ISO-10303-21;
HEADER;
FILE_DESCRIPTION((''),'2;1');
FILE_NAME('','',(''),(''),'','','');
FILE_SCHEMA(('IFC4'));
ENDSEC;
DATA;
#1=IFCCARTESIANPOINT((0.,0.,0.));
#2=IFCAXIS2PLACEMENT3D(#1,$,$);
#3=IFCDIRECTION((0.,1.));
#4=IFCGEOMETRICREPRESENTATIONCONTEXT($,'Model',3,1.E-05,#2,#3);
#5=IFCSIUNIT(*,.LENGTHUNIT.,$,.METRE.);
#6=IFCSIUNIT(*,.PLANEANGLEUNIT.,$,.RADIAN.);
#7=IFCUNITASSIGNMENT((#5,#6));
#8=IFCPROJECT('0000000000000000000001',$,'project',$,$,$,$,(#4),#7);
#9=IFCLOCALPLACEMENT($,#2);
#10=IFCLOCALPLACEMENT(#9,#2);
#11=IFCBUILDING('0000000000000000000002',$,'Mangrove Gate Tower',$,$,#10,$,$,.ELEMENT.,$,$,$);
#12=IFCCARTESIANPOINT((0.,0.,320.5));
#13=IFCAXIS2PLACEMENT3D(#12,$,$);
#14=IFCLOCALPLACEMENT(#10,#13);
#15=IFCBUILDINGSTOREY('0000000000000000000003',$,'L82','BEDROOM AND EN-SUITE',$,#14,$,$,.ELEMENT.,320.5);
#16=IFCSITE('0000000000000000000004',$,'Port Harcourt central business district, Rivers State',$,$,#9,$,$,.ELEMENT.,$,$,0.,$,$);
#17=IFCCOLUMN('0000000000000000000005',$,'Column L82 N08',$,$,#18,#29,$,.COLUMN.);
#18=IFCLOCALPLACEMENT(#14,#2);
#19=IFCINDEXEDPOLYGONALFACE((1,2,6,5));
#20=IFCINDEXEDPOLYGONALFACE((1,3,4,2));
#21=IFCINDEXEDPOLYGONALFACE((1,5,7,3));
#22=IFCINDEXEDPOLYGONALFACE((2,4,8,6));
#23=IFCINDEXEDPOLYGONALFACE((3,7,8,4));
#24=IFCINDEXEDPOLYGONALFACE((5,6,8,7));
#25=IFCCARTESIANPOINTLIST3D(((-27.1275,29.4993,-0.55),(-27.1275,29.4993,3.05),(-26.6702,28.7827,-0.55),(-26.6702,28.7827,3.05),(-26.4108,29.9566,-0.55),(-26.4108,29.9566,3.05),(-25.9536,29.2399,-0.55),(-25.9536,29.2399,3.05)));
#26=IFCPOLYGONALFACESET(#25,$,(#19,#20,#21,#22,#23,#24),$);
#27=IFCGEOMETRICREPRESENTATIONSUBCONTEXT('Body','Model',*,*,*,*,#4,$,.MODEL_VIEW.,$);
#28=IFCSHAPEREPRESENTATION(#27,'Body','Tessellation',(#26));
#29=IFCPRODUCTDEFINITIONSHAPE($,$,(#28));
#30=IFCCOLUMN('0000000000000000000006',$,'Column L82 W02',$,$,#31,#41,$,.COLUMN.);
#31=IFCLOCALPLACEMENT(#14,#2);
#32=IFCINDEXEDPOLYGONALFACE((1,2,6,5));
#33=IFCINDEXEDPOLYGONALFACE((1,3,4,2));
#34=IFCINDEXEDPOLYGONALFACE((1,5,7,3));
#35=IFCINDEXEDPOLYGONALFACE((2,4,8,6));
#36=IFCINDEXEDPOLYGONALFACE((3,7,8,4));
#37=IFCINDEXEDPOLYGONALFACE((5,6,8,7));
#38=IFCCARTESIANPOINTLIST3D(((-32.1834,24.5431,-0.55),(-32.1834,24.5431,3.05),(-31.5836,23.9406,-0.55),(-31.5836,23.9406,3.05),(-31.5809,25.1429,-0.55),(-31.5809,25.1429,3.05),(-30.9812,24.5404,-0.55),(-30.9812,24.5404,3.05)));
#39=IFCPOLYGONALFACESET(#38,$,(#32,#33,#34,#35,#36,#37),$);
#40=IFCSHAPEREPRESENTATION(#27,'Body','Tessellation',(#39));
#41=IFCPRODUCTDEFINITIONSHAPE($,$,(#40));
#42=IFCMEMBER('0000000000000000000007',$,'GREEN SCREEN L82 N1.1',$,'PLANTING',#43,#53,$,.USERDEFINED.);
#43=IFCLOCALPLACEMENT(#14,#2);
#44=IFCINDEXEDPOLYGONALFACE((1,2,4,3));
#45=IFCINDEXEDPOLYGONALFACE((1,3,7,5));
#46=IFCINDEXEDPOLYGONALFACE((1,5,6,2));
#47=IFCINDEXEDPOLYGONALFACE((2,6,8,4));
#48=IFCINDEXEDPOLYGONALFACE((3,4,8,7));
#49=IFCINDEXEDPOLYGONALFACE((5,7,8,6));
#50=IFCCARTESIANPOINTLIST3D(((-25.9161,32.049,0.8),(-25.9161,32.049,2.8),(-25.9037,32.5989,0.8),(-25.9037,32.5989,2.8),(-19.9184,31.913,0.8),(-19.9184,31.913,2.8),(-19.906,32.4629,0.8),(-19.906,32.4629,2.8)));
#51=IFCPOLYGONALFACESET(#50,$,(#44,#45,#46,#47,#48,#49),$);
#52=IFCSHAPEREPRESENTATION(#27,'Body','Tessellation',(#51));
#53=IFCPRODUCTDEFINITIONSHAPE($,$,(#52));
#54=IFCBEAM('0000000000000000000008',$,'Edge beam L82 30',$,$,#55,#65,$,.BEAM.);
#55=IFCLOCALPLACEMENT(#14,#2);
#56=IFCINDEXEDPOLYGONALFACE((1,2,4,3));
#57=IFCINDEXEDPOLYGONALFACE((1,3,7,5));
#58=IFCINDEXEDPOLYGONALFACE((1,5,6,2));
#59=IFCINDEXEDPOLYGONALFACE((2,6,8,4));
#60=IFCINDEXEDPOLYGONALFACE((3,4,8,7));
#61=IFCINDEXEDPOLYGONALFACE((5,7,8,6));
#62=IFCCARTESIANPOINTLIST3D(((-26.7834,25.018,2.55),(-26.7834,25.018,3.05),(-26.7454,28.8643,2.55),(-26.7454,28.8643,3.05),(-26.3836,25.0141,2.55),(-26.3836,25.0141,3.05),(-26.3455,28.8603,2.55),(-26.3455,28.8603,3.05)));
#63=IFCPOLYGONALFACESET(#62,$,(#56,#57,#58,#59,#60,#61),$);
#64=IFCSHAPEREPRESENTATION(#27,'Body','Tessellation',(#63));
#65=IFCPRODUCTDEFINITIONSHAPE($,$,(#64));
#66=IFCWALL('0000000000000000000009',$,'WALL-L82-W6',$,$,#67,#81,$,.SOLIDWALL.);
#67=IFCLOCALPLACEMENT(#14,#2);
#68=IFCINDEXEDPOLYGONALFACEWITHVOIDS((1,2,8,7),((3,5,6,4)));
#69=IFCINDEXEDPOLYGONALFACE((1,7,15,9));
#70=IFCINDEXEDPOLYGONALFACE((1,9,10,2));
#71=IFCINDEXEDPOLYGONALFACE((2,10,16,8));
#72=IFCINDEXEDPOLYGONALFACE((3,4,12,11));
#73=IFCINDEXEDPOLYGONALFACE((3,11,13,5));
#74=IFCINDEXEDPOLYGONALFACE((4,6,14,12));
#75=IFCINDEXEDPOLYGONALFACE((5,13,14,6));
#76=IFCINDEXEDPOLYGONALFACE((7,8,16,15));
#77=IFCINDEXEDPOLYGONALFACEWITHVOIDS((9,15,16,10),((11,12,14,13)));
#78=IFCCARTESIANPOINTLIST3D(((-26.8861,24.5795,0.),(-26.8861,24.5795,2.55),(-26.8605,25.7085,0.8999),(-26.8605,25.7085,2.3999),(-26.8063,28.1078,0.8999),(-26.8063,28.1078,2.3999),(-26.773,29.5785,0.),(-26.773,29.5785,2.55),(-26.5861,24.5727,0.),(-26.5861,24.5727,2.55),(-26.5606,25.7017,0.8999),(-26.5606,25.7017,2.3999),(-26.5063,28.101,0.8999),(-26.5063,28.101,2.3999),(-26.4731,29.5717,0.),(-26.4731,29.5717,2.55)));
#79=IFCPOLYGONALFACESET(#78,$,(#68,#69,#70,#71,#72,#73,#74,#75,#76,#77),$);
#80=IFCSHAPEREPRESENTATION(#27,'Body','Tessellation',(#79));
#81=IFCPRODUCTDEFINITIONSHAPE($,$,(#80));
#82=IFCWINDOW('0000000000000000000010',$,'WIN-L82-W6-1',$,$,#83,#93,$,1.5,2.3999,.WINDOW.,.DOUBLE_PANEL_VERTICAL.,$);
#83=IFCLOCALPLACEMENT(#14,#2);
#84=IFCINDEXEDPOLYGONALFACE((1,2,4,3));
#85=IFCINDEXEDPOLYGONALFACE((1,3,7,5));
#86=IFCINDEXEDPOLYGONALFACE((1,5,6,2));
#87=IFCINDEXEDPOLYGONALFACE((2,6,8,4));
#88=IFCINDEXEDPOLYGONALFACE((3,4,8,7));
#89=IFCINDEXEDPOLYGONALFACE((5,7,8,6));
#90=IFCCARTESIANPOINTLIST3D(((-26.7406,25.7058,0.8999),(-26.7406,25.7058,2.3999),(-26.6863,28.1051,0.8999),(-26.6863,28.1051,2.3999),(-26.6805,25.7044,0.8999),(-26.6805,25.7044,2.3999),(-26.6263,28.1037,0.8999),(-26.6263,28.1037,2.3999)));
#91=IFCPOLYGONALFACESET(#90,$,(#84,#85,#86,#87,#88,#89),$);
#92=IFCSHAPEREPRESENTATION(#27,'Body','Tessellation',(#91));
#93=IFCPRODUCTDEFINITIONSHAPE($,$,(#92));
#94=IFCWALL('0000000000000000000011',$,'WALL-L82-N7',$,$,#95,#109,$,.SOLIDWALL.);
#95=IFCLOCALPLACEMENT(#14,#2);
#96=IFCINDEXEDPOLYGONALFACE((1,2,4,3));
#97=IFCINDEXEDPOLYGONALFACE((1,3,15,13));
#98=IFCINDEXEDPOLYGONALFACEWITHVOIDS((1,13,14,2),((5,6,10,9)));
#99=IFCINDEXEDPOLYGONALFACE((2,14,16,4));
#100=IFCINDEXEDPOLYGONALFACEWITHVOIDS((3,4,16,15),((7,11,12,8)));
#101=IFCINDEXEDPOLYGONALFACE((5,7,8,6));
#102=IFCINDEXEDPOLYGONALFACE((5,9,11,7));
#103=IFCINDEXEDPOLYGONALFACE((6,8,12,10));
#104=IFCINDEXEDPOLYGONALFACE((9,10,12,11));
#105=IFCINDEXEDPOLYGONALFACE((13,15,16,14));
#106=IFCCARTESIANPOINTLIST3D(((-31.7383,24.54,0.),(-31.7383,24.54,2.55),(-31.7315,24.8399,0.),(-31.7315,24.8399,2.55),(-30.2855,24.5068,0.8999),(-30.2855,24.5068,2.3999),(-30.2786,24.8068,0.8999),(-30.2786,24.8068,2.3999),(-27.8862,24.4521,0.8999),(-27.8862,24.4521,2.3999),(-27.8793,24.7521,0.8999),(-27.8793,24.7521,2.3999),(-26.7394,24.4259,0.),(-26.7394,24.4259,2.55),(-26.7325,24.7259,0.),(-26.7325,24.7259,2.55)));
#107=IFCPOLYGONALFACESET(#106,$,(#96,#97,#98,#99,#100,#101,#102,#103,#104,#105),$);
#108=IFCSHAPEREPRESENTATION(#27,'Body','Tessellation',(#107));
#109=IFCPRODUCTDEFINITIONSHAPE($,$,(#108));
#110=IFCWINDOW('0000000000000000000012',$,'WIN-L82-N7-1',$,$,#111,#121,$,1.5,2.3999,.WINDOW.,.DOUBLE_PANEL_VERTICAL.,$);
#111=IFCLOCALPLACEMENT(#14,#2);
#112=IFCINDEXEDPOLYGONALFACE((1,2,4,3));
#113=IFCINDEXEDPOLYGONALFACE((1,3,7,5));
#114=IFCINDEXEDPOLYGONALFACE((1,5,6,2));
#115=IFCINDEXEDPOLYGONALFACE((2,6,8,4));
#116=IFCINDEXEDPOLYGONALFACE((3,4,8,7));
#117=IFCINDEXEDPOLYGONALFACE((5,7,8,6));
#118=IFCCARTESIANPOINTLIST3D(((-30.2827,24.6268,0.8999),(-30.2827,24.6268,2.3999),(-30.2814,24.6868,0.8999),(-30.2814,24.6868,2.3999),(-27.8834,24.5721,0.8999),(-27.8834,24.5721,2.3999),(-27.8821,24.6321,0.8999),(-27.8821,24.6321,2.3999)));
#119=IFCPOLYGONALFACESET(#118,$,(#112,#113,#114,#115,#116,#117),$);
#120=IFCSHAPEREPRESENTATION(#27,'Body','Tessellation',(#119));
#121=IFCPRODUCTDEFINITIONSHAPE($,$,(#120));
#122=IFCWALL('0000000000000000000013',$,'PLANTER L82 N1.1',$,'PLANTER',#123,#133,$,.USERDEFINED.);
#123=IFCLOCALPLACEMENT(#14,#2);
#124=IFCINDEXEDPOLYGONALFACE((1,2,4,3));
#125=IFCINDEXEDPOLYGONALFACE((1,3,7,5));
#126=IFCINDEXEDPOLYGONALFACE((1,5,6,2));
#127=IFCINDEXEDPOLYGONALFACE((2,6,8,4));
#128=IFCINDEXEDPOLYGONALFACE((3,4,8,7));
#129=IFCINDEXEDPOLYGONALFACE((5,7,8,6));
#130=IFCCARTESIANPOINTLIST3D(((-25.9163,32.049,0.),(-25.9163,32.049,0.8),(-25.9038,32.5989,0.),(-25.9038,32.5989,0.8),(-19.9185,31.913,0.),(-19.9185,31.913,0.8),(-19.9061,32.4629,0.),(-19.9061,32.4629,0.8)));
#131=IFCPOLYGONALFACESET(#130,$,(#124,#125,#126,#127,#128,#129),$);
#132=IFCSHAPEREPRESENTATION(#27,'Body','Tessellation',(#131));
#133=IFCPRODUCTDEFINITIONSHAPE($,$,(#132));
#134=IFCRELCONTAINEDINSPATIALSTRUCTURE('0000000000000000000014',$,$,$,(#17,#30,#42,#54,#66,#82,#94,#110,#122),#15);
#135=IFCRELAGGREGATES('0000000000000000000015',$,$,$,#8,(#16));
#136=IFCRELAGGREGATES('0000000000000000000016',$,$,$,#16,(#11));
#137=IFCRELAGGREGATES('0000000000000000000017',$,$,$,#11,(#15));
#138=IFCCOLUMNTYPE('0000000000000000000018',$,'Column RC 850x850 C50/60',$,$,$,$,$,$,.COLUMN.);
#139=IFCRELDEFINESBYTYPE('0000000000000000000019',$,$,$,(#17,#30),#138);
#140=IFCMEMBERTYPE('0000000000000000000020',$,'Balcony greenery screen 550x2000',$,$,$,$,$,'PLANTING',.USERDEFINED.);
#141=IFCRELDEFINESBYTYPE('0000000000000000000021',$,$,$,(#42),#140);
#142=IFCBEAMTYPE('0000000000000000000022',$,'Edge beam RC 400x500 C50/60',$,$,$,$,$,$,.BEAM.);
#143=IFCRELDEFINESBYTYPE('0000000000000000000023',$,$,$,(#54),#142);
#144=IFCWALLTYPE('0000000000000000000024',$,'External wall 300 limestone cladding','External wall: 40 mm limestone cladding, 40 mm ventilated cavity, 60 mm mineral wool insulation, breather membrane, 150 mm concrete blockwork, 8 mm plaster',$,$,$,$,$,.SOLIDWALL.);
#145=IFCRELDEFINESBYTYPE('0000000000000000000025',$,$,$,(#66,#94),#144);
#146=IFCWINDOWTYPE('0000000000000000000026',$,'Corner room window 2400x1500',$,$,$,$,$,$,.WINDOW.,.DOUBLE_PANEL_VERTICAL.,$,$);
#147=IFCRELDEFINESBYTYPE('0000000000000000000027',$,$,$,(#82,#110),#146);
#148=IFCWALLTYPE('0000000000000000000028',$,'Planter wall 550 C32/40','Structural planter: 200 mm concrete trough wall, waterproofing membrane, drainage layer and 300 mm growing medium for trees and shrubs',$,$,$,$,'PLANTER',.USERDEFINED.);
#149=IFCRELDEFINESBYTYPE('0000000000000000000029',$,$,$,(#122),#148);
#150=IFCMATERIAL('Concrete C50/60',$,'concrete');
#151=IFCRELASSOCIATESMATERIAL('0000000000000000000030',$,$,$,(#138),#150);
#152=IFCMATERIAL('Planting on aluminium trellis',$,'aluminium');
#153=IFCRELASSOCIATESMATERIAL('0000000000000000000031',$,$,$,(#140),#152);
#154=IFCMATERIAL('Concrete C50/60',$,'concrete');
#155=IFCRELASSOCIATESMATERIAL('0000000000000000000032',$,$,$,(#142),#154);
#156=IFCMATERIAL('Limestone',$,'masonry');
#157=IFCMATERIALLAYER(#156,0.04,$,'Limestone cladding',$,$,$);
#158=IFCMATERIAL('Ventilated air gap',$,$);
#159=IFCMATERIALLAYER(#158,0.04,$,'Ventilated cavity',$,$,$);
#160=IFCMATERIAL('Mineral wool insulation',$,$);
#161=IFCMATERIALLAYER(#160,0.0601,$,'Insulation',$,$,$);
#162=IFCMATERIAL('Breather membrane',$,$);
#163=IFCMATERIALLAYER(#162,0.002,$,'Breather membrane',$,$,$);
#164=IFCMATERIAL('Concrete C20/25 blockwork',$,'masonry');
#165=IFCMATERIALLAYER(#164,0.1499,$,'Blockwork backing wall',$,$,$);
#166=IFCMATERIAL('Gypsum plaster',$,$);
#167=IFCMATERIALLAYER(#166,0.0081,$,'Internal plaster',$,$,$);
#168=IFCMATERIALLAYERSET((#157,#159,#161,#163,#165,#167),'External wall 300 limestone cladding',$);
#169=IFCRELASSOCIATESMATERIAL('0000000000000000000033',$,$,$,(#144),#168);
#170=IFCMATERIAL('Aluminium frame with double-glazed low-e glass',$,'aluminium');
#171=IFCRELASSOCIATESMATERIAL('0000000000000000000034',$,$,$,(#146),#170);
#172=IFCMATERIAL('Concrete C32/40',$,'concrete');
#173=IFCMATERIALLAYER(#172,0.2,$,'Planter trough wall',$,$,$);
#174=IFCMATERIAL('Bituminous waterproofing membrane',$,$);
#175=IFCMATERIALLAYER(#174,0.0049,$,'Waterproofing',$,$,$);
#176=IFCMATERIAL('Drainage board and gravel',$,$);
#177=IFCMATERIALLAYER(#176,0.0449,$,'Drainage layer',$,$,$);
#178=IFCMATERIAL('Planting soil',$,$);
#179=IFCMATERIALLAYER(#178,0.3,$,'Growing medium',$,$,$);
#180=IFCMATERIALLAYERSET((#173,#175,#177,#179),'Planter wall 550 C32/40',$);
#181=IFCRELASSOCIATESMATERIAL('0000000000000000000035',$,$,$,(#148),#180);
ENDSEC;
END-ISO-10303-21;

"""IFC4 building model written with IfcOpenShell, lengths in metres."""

from ifc_helpers import new_model, si_unit, direction, frame, frame_2d, origin, origin_2d, place, context, subcontext, project, spatial, rectangle, extrude, material, layer, layer_set, material_profile, profile_set, type_object, element, fill, save


model = new_model("IFC4")

# Units and contexts
model_context = context("Model", 3, precision=1e-05, world=origin(), true_north=direction((0.0, 1.0)))
body_context = subcontext(model_context, "Body", "Model", "MODEL_VIEW")
ifc_project = project(units=[si_unit("LENGTHUNIT", "METRE"), si_unit("PLANEANGLEUNIT", "RADIAN")], contexts=[model_context])

# Site, building, storey
site_placement = place(None, origin())
site = spatial("IfcSite", under=ifc_project, at=site_placement, Name="Port Harcourt central business district, Rivers State", CompositionType="ELEMENT", RefElevation=0.0)
building_placement = place(site_placement, origin())
building = spatial("IfcBuilding", under=site, at=building_placement, Name="Mangrove Gate Tower", CompositionType="ELEMENT")
storey_placement = place(building_placement, frame((0.0, 0.0, 320.5)))
storey = spatial("IfcBuildingStorey", under=building, at=storey_placement, Name="L82", Description="BEDROOM AND EN-SUITE", CompositionType="ELEMENT", Elevation=320.5)

# Columns
ifc_material_1 = material(Name="Concrete C50/60", Category="concrete")
ifc_material_profile_1 = material_profile(ifc_material_1, rectangle(XDim=0.8501, YDim=0.8501, at=origin_2d()))
ifc_profile_set_1 = profile_set([ifc_material_profile_1], Name="Concrete C50/60")
column_type = type_object("IfcColumnType", Name="Column RC 850x850 C50/60", PredefinedType="COLUMN", material=ifc_profile_set_1)
for number, where, z_axis, x_axis, name in (
    (1, (-26.5405, 29.3696, -0.55), (0.0, 0.0, 1.0), (-0.843037, -0.537855, 0.0), "Column L82 N08"),
    (2, (-31.5823, 24.5417, -0.55), (0.0, 0.0, 1.0), (-0.708698, -0.705512, 0.0), "Column L82 W02"),
):
    element("IfcColumn", number, at=place(storey_placement, frame(where, z_axis=z_axis, x_axis=x_axis)), inside=storey, type_object=column_type, Name=name, PredefinedType="COLUMN", context=body_context, shape_type="SweptSolid", body=[
        extrude(rectangle(XDim=0.8501, YDim=0.8501, at=origin_2d()), origin(), (0.0, 0.0, 1.0), 3.6001),
    ])

# Member
ifc_material_2 = material(Name="Planting on aluminium trellis", Category="aluminium")
ifc_material_profile_2 = material_profile(ifc_material_2, rectangle(XDim=0.55, YDim=2.0, at=origin_2d()))
ifc_profile_set_2 = profile_set([ifc_material_profile_2], Name="Planting on aluminium trellis")
member_type = type_object("IfcMemberType", Name="Balcony greenery screen 550x2000", ElementType="PLANTING", PredefinedType="USERDEFINED", material=ifc_profile_set_2)
member_placement = place(storey_placement, frame((-25.9099, 32.324, 1.8), z_axis=(0.999743, -0.022667, 0.0), x_axis=(0.022667, 0.999743, 0.0)))
element("IfcMember", 3, at=member_placement, inside=storey, type_object=member_type, Name="GREEN SCREEN L82 N1.1", ObjectType="PLANTING", PredefinedType="USERDEFINED", context=body_context, shape_type="SweptSolid", body=[
    extrude(rectangle(XDim=0.55, YDim=2.0, at=origin_2d()), origin(), (0.0, 0.0, 1.0), 5.9993),
])

# Beam
ifc_material_3 = material(Name="Concrete C50/60", Category="concrete")
ifc_material_profile_3 = material_profile(ifc_material_3, rectangle(XDim=0.3999, YDim=0.5, at=origin_2d()))
ifc_profile_set_3 = profile_set([ifc_material_profile_3], Name="Concrete C50/60")
beam_type = type_object("IfcBeamType", Name="Edge beam RC 400x500 C50/60", PredefinedType="BEAM", material=ifc_profile_set_3)
beam_placement = place(storey_placement, frame((-26.5454, 28.8623, 2.8), z_axis=(-0.009902, -0.999951, 0.0), x_axis=(0.999951, -0.009902, 0.0)))
element("IfcBeam", 4, at=beam_placement, inside=storey, type_object=beam_type, Name="Edge beam L82 30", PredefinedType="BEAM", context=body_context, shape_type="SweptSolid", body=[
    extrude(rectangle(XDim=0.3999, YDim=0.5, at=origin_2d()), origin(), (0.0, 0.0, 1.0), 3.8464),
])

# Walls, openings, windows
ifc_material_4 = material(Name="Limestone", Category="masonry")
ifc_layer_1 = layer(ifc_material_4, 0.04, Name="Limestone cladding")
ifc_material_5 = material(Name="Ventilated air gap")
ifc_layer_2 = layer(ifc_material_5, 0.04, Name="Ventilated cavity")
ifc_material_6 = material(Name="Mineral wool insulation")
ifc_layer_3 = layer(ifc_material_6, 0.0601, Name="Insulation")
ifc_material_7 = material(Name="Breather membrane")
ifc_layer_4 = layer(ifc_material_7, 0.002, Name="Breather membrane")
ifc_material_8 = material(Name="Concrete C20/25 blockwork", Category="masonry")
ifc_layer_5 = layer(ifc_material_8, 0.1499, Name="Blockwork backing wall")
ifc_material_9 = material(Name="Gypsum plaster")
ifc_layer_6 = layer(ifc_material_9, 0.0081, Name="Internal plaster")
ifc_layer_set_1 = layer_set([ifc_layer_1, ifc_layer_2, ifc_layer_3, ifc_layer_4, ifc_layer_5, ifc_layer_6], Name="External wall 300 limestone cladding")
wall_type_1 = type_object("IfcWallType", Name="External wall 300 limestone cladding", Description="External wall: 40 mm limestone cladding, 40 mm ventilated cavity, 60 mm mineral wool insulation, breather membrane, 150 mm concrete blockwork, 8 mm plaster", PredefinedType="SOLIDWALL", material=ifc_layer_set_1)
wall_1_placement = place(storey_placement, frame((-26.623, 29.575, 0.0), z_axis=(0.0, 0.0, 1.0), x_axis=(-0.022606, -0.999744, 0.0)))
wall_1 = element("IfcWall", 5, at=wall_1_placement, inside=storey, type_object=wall_type_1, Name="WALL-L82-W6", PredefinedType="SOLIDWALL", context=body_context, shape_type="SweptSolid", body=[
    extrude(rectangle(XDim=5.0002, YDim=0.3, at=frame_2d((2.5, 0.0))), origin(), (0.0, 0.0, 1.0), 2.55),
])
opening_1_placement = place(wall_1_placement, frame((1.4709, 0.0, 0.8999)))
opening_1 = element("IfcOpeningElement", 6, at=opening_1_placement, cuts=wall_1, PredefinedType="OPENING", context=body_context, shape_type="SweptSolid", body=[
    extrude(rectangle(XDim=2.3999, YDim=1.5, at=frame_2d((1.2, 0.75))), frame((0.0, 0.1599, 0.0), z_axis=(0.0, -1.0, 0.0), x_axis=(1.0, 0.0, 0.0)), (0.0, 0.0, 1.0), 0.3201),
])
ifc_material_10 = material(Name="Aluminium frame with double-glazed low-e glass", Category="aluminium")
window_type = type_object("IfcWindowType", Name="Corner room window 2400x1500", PartitioningType="DOUBLE_PANEL_VERTICAL", PredefinedType="WINDOW", material=ifc_material_10)
window_1_placement = place(opening_1_placement, origin())
window_1 = element("IfcWindow", 7, at=window_1_placement, inside=storey, type_object=window_type, Name="WIN-L82-W6-1", OverallHeight=1.5, OverallWidth=2.3999, PartitioningType="DOUBLE_PANEL_VERTICAL", PredefinedType="WINDOW", context=body_context, shape_type="SweptSolid", body=[
    extrude(rectangle(XDim=2.3999, YDim=1.5, at=frame_2d((1.2, 0.75))), frame((0.0, 0.03, 0.0), z_axis=(0.0, -1.0, 0.0), x_axis=(1.0, 0.0, 0.0)), (0.0, 0.0, 1.0), 0.0601),
])
fill(opening_1, window_1)
wall_2_placement = place(storey_placement, frame((-26.7361, 24.5759, 0.0), z_axis=(0.0, 0.0, 1.0), x_axis=(-0.99974, 0.022801, 0.0)))
wall_2 = element("IfcWall", 8, at=wall_2_placement, inside=storey, type_object=wall_type_1, Name="WALL-L82-N7", PredefinedType="SOLIDWALL", context=body_context, shape_type="SweptSolid", body=[
    extrude(rectangle(XDim=5.0002, YDim=0.3, at=frame_2d((2.5, 0.0))), origin(), (0.0, 0.0, 1.0), 2.55),
])
opening_2_placement = place(wall_2_placement, frame((1.147, 0.0, 0.8999)))
opening_2 = element("IfcOpeningElement", 9, at=opening_2_placement, cuts=wall_2, PredefinedType="OPENING", context=body_context, shape_type="SweptSolid", body=[
    extrude(rectangle(XDim=2.3999, YDim=1.5, at=frame_2d((1.2, 0.75))), frame((0.0, 0.1599, 0.0), z_axis=(0.0, -1.0, 0.0), x_axis=(1.0, 0.0, 0.0)), (0.0, 0.0, 1.0), 0.3201),
])
window_2_placement = place(opening_2_placement, origin())
window_2 = element("IfcWindow", 10, at=window_2_placement, inside=storey, type_object=window_type, Name="WIN-L82-N7-1", OverallHeight=1.5, OverallWidth=2.3999, PartitioningType="DOUBLE_PANEL_VERTICAL", PredefinedType="WINDOW", context=body_context, shape_type="SweptSolid", body=[
    extrude(rectangle(XDim=2.3999, YDim=1.5, at=frame_2d((1.2, 0.75))), frame((0.0, 0.03, 0.0), z_axis=(0.0, -1.0, 0.0), x_axis=(1.0, 0.0, 0.0)), (0.0, 0.0, 1.0), 0.0601),
])
fill(opening_2, window_2)

# Wall
ifc_material_11 = material(Name="Concrete C32/40", Category="concrete")
ifc_layer_7 = layer(ifc_material_11, 0.2, Name="Planter trough wall")
ifc_material_12 = material(Name="Bituminous waterproofing membrane")
ifc_layer_8 = layer(ifc_material_12, 0.0049, Name="Waterproofing")
ifc_material_13 = material(Name="Drainage board and gravel")
ifc_layer_9 = layer(ifc_material_13, 0.0449, Name="Drainage layer")
ifc_material_14 = material(Name="Planting soil")
ifc_layer_10 = layer(ifc_material_14, 0.3, Name="Growing medium")
ifc_layer_set_2 = layer_set([ifc_layer_7, ifc_layer_8, ifc_layer_9, ifc_layer_10], Name="Planter wall 550 C32/40")
wall_type_2 = type_object("IfcWallType", Name="Planter wall 550 C32/40", Description="Structural planter: 200 mm concrete trough wall, waterproofing membrane, drainage layer and 300 mm growing medium for trees and shrubs", ElementType="PLANTER", PredefinedType="USERDEFINED", material=ifc_layer_set_2)
wall_3_placement = place(storey_placement, frame((-25.9099, 32.324, 0.0), z_axis=(0.0, 0.0, 1.0), x_axis=(0.999743, -0.022667, 0.0)))
element("IfcWall", 11, at=wall_3_placement, inside=storey, type_object=wall_type_2, Name="PLANTER L82 N1.1", ObjectType="PLANTER", PredefinedType="USERDEFINED", context=body_context, shape_type="SweptSolid", body=[
    extrude(rectangle(XDim=5.9993, YDim=0.55, at=frame_2d((2.9995, 0.0))), origin(), (0.0, 0.0, 1.0), 0.8),
])

save(model, "model.ifc")
